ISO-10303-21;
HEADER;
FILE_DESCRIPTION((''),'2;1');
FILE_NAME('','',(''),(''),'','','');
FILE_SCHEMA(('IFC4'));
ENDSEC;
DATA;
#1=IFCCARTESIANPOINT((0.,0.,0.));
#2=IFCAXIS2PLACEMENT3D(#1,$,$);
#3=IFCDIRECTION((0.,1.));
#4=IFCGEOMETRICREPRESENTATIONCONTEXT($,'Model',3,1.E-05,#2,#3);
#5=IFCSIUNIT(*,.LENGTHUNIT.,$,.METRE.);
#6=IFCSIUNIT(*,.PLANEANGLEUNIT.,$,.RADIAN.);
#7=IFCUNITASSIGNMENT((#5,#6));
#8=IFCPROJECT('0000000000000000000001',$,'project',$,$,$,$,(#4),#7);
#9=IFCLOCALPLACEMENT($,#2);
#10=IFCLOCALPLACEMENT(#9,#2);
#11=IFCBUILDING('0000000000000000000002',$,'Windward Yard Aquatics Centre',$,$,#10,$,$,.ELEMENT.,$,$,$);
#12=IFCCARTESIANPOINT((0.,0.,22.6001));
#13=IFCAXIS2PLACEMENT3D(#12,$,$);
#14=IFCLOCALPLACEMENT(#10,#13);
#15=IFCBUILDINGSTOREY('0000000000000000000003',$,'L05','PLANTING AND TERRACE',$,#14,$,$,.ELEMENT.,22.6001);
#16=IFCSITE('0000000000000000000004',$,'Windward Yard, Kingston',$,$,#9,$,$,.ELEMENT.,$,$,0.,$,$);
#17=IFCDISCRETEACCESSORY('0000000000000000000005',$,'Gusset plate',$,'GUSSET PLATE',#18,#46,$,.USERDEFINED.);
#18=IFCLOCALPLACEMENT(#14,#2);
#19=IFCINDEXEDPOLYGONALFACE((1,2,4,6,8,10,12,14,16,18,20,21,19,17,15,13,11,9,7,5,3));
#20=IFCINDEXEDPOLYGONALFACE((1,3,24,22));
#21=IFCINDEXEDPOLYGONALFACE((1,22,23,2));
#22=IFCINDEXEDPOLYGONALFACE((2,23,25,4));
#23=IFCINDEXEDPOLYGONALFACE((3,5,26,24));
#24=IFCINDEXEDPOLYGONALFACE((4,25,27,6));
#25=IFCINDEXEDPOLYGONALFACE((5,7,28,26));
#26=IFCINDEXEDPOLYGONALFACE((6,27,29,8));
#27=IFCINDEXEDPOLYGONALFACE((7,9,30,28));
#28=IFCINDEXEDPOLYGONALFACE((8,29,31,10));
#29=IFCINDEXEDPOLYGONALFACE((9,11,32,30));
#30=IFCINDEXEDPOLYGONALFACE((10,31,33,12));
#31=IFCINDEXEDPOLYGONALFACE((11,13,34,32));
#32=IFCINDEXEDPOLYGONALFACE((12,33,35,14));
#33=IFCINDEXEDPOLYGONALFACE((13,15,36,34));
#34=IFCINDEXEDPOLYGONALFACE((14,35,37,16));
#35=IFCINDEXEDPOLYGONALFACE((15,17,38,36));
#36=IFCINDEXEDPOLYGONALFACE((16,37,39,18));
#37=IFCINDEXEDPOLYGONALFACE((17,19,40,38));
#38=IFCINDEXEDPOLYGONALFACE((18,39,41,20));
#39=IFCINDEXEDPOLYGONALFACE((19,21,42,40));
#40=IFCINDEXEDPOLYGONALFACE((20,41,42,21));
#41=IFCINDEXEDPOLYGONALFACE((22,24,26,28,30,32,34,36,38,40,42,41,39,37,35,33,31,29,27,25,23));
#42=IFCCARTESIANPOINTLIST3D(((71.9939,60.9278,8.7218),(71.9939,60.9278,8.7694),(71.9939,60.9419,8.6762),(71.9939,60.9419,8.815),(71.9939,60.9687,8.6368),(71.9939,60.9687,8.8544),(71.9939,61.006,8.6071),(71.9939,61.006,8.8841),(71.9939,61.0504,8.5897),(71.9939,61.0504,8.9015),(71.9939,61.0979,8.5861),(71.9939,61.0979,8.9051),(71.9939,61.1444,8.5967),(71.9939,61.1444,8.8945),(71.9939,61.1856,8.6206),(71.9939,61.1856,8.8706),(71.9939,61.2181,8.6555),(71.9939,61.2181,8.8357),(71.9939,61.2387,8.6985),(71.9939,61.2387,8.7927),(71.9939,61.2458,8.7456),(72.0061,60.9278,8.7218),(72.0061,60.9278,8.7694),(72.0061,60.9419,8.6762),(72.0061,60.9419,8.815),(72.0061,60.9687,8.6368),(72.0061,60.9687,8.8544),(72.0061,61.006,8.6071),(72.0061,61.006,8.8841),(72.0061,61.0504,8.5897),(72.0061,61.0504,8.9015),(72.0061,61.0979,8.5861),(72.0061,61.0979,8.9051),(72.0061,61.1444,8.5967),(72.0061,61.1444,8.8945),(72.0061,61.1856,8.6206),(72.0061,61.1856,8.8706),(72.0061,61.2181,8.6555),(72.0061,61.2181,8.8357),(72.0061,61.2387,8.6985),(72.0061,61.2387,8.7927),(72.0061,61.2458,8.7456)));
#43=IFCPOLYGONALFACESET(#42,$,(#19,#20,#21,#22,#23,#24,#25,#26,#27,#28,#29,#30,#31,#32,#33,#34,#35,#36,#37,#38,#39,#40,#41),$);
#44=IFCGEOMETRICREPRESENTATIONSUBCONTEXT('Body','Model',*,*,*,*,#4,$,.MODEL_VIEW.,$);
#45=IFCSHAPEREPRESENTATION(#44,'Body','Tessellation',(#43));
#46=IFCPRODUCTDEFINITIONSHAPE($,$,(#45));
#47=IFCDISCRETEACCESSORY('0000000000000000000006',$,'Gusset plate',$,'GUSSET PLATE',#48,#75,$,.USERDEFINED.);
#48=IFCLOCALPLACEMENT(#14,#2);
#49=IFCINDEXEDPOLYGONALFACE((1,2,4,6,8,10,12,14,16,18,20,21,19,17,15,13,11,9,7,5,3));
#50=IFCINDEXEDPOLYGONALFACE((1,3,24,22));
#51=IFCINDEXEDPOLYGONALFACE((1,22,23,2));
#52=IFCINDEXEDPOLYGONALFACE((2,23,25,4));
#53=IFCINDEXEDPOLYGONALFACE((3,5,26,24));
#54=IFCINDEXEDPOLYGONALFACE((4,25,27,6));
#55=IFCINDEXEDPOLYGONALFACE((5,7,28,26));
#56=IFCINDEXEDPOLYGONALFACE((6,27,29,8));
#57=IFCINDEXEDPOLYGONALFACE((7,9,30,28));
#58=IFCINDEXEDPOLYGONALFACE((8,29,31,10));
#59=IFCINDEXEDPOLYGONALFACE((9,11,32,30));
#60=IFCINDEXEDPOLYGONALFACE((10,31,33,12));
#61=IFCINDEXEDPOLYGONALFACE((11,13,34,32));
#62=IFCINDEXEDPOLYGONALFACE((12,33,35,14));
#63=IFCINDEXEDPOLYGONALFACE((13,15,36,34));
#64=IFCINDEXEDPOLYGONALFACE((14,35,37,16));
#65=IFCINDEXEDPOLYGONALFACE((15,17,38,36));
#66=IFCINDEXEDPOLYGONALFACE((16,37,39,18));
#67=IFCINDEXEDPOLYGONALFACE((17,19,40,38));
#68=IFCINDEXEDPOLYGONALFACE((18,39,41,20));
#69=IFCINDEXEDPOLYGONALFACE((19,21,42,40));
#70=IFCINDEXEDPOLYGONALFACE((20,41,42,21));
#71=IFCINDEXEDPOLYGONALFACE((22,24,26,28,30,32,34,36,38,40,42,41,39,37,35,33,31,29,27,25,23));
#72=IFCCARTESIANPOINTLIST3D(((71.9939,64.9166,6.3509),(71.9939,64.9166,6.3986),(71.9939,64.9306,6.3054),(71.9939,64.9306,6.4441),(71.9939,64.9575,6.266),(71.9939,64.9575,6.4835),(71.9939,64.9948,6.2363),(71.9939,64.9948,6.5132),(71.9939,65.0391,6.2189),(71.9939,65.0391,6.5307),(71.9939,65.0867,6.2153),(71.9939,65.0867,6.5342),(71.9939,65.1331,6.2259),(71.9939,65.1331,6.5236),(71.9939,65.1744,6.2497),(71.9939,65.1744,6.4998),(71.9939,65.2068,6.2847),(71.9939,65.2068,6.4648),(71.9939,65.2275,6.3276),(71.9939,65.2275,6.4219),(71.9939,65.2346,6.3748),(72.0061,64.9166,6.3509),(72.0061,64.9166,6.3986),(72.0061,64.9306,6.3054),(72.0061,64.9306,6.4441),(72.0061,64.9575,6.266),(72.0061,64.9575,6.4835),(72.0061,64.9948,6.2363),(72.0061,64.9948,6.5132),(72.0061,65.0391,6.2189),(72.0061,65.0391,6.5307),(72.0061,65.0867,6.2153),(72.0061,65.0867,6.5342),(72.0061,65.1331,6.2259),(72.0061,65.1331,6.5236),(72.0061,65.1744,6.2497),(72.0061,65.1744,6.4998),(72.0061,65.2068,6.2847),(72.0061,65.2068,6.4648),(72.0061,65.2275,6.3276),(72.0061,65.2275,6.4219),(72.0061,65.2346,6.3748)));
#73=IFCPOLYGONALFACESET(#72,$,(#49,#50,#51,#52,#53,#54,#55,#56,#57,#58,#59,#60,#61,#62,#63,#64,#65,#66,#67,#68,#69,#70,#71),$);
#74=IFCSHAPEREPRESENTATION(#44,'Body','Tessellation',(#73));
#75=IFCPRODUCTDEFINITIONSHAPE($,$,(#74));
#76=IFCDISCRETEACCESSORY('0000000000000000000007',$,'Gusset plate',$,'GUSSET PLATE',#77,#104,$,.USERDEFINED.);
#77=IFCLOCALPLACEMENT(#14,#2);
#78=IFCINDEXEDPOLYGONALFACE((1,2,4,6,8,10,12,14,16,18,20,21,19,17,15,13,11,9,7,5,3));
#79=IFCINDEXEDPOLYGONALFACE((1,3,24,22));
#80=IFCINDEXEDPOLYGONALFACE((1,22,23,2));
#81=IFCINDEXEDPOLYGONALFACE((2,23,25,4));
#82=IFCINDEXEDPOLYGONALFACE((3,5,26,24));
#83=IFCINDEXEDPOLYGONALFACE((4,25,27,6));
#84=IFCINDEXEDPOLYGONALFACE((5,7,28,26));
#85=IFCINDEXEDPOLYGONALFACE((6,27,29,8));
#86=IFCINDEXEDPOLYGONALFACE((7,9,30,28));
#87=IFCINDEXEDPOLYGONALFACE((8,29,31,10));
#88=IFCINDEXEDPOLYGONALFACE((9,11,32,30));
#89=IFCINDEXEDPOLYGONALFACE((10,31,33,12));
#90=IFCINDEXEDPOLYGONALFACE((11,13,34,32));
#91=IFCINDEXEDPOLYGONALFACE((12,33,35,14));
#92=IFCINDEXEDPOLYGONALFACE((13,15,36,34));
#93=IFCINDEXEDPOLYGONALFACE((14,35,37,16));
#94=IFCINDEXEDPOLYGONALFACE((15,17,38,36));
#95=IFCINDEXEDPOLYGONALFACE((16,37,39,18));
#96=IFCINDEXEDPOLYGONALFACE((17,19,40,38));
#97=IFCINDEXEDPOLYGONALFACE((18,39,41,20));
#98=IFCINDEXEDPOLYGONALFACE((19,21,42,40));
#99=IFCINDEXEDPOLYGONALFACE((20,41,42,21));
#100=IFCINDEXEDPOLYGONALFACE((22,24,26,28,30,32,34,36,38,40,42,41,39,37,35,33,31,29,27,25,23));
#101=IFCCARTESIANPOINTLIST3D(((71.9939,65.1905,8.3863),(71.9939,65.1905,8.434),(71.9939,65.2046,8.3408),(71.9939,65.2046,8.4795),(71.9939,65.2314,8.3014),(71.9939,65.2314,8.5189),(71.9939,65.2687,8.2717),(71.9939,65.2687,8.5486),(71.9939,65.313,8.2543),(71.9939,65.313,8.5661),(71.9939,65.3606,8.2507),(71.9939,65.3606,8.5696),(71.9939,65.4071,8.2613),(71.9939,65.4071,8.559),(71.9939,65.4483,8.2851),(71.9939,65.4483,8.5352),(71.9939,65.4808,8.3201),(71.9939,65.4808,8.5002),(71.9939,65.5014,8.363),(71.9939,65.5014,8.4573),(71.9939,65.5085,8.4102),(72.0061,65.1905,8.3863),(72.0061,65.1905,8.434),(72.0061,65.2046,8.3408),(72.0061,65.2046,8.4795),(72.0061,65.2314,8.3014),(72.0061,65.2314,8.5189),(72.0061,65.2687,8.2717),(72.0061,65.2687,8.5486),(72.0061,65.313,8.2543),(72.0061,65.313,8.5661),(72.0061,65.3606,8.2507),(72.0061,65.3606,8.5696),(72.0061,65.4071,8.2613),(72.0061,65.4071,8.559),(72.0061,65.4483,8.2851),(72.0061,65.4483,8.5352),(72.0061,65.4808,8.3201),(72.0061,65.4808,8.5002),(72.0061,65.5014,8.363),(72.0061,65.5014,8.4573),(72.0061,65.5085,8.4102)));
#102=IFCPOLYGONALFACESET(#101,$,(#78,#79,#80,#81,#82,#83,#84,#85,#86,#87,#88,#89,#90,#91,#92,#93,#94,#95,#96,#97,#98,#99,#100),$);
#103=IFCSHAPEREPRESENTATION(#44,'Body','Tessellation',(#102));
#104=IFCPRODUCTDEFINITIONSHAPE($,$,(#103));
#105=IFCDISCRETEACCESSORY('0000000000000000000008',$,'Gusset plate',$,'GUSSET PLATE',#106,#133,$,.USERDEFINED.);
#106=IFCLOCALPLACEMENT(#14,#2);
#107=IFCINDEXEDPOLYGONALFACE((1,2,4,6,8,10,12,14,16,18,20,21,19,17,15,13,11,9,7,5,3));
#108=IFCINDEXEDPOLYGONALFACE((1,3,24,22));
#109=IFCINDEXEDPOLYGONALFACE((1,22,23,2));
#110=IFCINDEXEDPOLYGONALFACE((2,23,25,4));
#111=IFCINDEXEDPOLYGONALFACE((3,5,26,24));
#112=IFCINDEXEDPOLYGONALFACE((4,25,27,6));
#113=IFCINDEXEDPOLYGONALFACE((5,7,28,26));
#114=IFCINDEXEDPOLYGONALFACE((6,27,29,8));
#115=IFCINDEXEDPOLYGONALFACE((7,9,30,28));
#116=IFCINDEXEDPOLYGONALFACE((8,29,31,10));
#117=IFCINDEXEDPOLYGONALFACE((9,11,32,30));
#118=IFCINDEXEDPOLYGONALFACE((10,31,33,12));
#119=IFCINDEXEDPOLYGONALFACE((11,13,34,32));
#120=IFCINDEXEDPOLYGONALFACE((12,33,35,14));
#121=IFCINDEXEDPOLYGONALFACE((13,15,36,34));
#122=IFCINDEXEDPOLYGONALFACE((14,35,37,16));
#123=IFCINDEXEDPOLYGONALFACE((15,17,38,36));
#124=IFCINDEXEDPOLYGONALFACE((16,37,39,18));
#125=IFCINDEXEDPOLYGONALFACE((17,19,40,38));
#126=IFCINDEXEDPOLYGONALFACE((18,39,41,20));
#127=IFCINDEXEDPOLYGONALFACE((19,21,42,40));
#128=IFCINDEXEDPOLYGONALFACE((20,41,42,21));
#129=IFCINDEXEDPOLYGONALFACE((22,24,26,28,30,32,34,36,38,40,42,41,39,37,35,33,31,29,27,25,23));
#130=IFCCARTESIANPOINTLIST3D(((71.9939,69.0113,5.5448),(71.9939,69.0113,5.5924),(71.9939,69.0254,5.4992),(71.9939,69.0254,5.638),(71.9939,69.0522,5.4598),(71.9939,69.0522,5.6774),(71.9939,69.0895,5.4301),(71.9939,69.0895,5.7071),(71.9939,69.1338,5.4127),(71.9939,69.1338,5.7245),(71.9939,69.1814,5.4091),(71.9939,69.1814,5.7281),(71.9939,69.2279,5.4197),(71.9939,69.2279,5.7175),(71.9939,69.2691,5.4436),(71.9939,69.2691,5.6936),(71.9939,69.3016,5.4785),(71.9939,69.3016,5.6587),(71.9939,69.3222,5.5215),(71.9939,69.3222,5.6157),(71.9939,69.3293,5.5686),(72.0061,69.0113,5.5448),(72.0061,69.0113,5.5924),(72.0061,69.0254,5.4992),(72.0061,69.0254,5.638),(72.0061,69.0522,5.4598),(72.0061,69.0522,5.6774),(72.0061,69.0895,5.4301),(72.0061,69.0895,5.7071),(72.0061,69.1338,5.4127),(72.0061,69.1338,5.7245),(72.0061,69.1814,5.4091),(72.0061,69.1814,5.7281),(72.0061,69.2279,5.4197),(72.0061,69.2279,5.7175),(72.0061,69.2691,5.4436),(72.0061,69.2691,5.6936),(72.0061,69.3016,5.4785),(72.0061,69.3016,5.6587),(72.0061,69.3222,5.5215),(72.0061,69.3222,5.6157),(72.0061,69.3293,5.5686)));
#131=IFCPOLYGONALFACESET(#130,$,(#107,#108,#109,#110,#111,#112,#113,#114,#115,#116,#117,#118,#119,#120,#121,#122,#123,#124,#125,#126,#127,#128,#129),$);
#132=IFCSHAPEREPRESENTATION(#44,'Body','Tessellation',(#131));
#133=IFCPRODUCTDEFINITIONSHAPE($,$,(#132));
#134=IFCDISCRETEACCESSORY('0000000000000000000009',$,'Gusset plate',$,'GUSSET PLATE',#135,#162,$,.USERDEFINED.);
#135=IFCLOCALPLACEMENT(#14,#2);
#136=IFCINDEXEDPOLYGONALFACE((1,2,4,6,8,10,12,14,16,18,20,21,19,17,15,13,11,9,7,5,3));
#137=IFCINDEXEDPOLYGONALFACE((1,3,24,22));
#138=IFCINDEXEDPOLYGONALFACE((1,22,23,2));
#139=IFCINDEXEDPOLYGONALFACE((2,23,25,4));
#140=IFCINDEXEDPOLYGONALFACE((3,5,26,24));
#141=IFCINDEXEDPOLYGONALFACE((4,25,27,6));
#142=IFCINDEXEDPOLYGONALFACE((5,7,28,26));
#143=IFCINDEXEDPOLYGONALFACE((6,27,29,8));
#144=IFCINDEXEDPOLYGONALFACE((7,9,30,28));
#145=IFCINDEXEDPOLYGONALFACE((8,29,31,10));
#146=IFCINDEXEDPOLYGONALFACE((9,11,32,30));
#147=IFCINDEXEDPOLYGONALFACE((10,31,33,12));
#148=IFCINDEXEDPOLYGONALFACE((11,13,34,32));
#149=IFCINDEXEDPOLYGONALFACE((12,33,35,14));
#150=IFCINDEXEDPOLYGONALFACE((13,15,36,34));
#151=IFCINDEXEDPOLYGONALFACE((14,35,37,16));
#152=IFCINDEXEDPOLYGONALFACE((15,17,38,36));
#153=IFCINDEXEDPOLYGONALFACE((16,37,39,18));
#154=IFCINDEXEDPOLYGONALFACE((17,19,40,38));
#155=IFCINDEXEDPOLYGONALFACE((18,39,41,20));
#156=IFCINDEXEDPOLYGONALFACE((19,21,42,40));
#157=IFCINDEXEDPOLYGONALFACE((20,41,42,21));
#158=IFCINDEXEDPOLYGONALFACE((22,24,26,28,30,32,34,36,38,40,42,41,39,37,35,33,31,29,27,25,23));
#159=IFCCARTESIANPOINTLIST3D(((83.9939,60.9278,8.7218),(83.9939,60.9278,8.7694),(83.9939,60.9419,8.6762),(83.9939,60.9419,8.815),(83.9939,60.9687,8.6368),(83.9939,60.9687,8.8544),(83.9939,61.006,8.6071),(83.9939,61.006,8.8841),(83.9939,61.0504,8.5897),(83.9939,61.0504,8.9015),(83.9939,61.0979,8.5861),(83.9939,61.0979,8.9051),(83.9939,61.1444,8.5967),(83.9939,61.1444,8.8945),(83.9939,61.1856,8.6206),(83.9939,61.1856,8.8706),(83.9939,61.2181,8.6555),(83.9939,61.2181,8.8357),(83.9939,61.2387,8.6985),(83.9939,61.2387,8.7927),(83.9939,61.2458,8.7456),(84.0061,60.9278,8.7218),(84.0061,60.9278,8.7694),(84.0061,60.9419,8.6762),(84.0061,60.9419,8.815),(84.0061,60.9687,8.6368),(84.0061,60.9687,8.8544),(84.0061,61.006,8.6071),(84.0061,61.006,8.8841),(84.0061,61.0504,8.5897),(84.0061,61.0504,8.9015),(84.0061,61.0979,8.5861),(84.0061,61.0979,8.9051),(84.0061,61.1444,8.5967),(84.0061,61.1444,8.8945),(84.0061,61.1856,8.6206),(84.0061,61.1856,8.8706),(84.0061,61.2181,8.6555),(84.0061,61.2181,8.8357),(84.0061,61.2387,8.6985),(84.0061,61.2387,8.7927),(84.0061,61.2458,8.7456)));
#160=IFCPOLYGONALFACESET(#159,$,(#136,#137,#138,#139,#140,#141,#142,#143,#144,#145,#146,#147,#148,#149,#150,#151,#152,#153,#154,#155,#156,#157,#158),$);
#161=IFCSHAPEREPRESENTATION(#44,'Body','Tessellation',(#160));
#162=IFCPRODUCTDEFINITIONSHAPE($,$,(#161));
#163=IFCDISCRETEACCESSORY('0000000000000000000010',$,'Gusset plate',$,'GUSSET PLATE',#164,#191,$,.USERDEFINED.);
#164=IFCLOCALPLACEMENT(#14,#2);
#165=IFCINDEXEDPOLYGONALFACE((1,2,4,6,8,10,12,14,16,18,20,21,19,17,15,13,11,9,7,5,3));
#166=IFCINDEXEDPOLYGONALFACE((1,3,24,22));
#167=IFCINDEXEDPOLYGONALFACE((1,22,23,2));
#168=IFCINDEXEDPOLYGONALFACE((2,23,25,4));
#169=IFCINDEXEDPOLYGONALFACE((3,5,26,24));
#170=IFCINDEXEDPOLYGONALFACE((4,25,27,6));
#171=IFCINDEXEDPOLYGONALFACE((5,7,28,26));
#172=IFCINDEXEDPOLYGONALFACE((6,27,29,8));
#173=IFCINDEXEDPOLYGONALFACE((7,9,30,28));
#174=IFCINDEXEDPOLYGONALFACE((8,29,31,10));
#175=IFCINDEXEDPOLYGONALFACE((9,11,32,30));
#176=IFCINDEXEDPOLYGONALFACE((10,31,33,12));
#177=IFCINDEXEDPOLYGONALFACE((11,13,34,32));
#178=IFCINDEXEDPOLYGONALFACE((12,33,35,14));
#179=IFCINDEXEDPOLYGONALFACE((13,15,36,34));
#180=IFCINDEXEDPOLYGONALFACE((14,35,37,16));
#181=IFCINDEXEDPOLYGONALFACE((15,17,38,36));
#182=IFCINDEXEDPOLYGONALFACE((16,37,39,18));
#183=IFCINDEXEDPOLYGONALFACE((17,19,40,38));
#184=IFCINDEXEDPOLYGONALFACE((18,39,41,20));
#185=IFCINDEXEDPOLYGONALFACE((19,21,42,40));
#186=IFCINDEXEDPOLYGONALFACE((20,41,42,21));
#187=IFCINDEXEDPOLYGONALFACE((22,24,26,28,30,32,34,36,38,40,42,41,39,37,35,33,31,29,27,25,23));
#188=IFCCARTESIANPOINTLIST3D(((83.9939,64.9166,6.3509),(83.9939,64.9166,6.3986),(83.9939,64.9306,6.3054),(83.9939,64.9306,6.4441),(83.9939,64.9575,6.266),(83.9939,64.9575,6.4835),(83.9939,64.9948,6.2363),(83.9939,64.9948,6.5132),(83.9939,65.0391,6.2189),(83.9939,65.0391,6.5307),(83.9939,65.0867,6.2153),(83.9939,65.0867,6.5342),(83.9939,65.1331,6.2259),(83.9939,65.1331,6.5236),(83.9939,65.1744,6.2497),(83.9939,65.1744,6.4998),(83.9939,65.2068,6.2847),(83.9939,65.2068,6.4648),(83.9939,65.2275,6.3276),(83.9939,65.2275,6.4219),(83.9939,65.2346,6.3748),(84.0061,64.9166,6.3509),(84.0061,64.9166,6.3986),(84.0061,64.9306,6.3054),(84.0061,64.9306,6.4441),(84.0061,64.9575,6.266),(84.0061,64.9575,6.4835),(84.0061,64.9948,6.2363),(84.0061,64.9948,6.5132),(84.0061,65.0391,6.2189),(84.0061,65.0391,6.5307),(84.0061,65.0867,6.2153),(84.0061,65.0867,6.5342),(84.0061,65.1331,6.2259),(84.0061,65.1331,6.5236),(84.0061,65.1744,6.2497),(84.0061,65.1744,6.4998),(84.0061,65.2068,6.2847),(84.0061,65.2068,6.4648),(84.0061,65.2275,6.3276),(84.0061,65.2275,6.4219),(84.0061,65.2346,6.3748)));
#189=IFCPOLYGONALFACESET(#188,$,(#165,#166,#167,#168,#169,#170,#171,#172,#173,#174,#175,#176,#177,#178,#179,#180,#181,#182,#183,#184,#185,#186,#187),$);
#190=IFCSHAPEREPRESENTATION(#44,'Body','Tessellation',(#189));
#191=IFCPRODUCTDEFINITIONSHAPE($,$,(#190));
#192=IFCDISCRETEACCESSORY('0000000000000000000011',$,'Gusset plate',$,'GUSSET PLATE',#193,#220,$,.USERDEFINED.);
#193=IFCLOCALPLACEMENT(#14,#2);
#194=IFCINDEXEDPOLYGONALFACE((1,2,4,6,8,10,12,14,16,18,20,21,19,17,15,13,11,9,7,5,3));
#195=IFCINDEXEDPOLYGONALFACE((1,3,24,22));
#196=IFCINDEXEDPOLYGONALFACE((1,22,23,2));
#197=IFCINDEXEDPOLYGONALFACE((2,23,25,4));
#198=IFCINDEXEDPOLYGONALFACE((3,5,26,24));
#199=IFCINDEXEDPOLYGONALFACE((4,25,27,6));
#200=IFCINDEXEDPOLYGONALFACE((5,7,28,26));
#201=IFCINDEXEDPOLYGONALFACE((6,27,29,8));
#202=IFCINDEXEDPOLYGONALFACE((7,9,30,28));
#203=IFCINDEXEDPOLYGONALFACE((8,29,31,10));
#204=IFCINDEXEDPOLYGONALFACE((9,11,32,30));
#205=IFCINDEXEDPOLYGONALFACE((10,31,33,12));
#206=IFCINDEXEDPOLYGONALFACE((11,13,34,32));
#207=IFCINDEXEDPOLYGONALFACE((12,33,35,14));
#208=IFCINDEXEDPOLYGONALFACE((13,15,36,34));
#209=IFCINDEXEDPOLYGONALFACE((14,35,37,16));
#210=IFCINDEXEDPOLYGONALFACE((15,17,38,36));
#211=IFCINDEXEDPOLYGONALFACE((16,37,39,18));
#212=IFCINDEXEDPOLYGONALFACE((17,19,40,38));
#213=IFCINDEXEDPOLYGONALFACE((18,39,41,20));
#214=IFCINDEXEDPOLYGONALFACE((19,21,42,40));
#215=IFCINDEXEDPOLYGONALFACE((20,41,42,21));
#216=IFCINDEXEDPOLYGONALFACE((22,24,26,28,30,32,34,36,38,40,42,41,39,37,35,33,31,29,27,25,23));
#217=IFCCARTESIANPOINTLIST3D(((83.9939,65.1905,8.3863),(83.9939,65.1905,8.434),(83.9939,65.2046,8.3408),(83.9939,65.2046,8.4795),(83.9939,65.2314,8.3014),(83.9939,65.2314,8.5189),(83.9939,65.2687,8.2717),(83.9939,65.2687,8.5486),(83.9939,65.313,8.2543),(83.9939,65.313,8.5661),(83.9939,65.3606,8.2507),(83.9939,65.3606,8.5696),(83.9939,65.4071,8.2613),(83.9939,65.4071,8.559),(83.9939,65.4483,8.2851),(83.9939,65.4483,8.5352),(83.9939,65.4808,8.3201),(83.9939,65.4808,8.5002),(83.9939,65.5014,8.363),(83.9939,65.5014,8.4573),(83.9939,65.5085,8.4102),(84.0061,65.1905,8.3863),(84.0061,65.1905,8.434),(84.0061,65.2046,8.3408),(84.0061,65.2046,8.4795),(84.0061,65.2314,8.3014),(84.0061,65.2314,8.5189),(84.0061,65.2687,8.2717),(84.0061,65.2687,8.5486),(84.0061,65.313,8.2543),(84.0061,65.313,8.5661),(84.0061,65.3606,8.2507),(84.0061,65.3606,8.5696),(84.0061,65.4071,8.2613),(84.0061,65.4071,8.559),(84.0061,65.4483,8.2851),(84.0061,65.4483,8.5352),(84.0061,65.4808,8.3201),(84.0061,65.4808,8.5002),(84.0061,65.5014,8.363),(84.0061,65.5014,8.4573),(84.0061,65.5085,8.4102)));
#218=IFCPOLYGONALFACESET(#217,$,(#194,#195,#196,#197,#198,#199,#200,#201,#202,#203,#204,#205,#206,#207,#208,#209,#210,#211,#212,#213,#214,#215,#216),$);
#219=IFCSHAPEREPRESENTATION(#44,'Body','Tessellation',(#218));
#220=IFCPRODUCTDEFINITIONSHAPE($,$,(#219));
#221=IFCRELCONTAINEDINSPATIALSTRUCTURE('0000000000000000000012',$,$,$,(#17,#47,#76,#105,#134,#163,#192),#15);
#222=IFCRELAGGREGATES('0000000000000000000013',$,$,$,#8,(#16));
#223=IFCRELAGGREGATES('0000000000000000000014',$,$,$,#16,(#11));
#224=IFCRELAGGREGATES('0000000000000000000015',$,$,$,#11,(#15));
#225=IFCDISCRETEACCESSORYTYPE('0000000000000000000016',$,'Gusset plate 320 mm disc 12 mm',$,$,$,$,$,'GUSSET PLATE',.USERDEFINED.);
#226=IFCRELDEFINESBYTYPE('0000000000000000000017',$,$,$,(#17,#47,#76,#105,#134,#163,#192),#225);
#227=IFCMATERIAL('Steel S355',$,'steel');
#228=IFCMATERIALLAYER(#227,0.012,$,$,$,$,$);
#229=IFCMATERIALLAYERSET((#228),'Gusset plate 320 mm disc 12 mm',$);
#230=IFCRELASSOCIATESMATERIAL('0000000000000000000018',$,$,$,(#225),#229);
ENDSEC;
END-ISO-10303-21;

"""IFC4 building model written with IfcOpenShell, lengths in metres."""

from ifc_helpers import new_model, si_unit, direction, frame, origin, origin_2d, place, context, subcontext, project, spatial, circle, extrude, material, layer, layer_set, type_object, element, save


model = new_model("IFC4")

# Units and contexts
model_context = context("Model", 3, precision=1e-05, world=origin(), true_north=direction((0.0, 1.0)))
body_context = subcontext(model_context, "Body", "Model", "MODEL_VIEW")
ifc_project = project(units=[si_unit("LENGTHUNIT", "METRE"), si_unit("PLANEANGLEUNIT", "RADIAN")], contexts=[model_context])

# Site, building, storey
site_placement = place(None, origin())
site = spatial("IfcSite", under=ifc_project, at=site_placement, Name="Windward Yard, Kingston", CompositionType="ELEMENT", RefElevation=0.0)
building_placement = place(site_placement, origin())
building = spatial("IfcBuilding", under=site, at=building_placement, Name="Windward Yard Aquatics Centre", CompositionType="ELEMENT")
storey_placement = place(building_placement, frame((0.0, 0.0, 22.6001)))
storey = spatial("IfcBuildingStorey", under=building, at=storey_placement, Name="L05", Description="PLANTING AND TERRACE", CompositionType="ELEMENT", Elevation=22.6001)

# Discrete accessories
ifc_material_1 = material(Name="Steel S355", Category="steel")
ifc_layer = layer(ifc_material_1, 0.012)
ifc_layer_set = layer_set([ifc_layer], Name="Gusset plate 320 mm disc 12 mm")
discrete_accessory_type = type_object("IfcDiscreteAccessoryType", Name="Gusset plate 320 mm disc 12 mm", ElementType="GUSSET PLATE", PredefinedType="USERDEFINED", material=ifc_layer_set)
for number, where, z_axis, x_axis, name in (
    (1, (71.9939, 61.0859, 8.7456), (1.0, 0.0, 0.0), (0.0, 1.0, 0.0), "Gusset plate"),
    (2, (71.9939, 65.0747, 6.3748), (1.0, 0.0, 0.0), (0.0, 1.0, 0.0), "Gusset plate"),
    (3, (71.9939, 65.3486, 8.4102), (1.0, 0.0, 0.0), (0.0, 1.0, 0.0), "Gusset plate"),
    (4, (71.9939, 69.1694, 5.5686), (1.0, 0.0, 0.0), (0.0, 1.0, 0.0), "Gusset plate"),
    (5, (83.9939, 61.0859, 8.7456), (1.0, 0.0, 0.0), (0.0, 1.0, 0.0), "Gusset plate"),
    (6, (83.9939, 65.0747, 6.3748), (1.0, 0.0, 0.0), (0.0, 1.0, 0.0), "Gusset plate"),
    (7, (83.9939, 65.3486, 8.4102), (1.0, 0.0, 0.0), (0.0, 1.0, 0.0), "Gusset plate"),
):
    element("IfcDiscreteAccessory", number, at=place(storey_placement, frame(where, z_axis=z_axis, x_axis=x_axis)), inside=storey, type_object=discrete_accessory_type, Name=name, ObjectType="GUSSET PLATE", PredefinedType="USERDEFINED", context=body_context, shape_type="SweptSolid", body=[
        extrude(circle(Radius=0.1599, at=origin_2d()), origin(), (0.0, 0.0, 1.0), 0.0122),
    ])

save(model, "model.ifc")
